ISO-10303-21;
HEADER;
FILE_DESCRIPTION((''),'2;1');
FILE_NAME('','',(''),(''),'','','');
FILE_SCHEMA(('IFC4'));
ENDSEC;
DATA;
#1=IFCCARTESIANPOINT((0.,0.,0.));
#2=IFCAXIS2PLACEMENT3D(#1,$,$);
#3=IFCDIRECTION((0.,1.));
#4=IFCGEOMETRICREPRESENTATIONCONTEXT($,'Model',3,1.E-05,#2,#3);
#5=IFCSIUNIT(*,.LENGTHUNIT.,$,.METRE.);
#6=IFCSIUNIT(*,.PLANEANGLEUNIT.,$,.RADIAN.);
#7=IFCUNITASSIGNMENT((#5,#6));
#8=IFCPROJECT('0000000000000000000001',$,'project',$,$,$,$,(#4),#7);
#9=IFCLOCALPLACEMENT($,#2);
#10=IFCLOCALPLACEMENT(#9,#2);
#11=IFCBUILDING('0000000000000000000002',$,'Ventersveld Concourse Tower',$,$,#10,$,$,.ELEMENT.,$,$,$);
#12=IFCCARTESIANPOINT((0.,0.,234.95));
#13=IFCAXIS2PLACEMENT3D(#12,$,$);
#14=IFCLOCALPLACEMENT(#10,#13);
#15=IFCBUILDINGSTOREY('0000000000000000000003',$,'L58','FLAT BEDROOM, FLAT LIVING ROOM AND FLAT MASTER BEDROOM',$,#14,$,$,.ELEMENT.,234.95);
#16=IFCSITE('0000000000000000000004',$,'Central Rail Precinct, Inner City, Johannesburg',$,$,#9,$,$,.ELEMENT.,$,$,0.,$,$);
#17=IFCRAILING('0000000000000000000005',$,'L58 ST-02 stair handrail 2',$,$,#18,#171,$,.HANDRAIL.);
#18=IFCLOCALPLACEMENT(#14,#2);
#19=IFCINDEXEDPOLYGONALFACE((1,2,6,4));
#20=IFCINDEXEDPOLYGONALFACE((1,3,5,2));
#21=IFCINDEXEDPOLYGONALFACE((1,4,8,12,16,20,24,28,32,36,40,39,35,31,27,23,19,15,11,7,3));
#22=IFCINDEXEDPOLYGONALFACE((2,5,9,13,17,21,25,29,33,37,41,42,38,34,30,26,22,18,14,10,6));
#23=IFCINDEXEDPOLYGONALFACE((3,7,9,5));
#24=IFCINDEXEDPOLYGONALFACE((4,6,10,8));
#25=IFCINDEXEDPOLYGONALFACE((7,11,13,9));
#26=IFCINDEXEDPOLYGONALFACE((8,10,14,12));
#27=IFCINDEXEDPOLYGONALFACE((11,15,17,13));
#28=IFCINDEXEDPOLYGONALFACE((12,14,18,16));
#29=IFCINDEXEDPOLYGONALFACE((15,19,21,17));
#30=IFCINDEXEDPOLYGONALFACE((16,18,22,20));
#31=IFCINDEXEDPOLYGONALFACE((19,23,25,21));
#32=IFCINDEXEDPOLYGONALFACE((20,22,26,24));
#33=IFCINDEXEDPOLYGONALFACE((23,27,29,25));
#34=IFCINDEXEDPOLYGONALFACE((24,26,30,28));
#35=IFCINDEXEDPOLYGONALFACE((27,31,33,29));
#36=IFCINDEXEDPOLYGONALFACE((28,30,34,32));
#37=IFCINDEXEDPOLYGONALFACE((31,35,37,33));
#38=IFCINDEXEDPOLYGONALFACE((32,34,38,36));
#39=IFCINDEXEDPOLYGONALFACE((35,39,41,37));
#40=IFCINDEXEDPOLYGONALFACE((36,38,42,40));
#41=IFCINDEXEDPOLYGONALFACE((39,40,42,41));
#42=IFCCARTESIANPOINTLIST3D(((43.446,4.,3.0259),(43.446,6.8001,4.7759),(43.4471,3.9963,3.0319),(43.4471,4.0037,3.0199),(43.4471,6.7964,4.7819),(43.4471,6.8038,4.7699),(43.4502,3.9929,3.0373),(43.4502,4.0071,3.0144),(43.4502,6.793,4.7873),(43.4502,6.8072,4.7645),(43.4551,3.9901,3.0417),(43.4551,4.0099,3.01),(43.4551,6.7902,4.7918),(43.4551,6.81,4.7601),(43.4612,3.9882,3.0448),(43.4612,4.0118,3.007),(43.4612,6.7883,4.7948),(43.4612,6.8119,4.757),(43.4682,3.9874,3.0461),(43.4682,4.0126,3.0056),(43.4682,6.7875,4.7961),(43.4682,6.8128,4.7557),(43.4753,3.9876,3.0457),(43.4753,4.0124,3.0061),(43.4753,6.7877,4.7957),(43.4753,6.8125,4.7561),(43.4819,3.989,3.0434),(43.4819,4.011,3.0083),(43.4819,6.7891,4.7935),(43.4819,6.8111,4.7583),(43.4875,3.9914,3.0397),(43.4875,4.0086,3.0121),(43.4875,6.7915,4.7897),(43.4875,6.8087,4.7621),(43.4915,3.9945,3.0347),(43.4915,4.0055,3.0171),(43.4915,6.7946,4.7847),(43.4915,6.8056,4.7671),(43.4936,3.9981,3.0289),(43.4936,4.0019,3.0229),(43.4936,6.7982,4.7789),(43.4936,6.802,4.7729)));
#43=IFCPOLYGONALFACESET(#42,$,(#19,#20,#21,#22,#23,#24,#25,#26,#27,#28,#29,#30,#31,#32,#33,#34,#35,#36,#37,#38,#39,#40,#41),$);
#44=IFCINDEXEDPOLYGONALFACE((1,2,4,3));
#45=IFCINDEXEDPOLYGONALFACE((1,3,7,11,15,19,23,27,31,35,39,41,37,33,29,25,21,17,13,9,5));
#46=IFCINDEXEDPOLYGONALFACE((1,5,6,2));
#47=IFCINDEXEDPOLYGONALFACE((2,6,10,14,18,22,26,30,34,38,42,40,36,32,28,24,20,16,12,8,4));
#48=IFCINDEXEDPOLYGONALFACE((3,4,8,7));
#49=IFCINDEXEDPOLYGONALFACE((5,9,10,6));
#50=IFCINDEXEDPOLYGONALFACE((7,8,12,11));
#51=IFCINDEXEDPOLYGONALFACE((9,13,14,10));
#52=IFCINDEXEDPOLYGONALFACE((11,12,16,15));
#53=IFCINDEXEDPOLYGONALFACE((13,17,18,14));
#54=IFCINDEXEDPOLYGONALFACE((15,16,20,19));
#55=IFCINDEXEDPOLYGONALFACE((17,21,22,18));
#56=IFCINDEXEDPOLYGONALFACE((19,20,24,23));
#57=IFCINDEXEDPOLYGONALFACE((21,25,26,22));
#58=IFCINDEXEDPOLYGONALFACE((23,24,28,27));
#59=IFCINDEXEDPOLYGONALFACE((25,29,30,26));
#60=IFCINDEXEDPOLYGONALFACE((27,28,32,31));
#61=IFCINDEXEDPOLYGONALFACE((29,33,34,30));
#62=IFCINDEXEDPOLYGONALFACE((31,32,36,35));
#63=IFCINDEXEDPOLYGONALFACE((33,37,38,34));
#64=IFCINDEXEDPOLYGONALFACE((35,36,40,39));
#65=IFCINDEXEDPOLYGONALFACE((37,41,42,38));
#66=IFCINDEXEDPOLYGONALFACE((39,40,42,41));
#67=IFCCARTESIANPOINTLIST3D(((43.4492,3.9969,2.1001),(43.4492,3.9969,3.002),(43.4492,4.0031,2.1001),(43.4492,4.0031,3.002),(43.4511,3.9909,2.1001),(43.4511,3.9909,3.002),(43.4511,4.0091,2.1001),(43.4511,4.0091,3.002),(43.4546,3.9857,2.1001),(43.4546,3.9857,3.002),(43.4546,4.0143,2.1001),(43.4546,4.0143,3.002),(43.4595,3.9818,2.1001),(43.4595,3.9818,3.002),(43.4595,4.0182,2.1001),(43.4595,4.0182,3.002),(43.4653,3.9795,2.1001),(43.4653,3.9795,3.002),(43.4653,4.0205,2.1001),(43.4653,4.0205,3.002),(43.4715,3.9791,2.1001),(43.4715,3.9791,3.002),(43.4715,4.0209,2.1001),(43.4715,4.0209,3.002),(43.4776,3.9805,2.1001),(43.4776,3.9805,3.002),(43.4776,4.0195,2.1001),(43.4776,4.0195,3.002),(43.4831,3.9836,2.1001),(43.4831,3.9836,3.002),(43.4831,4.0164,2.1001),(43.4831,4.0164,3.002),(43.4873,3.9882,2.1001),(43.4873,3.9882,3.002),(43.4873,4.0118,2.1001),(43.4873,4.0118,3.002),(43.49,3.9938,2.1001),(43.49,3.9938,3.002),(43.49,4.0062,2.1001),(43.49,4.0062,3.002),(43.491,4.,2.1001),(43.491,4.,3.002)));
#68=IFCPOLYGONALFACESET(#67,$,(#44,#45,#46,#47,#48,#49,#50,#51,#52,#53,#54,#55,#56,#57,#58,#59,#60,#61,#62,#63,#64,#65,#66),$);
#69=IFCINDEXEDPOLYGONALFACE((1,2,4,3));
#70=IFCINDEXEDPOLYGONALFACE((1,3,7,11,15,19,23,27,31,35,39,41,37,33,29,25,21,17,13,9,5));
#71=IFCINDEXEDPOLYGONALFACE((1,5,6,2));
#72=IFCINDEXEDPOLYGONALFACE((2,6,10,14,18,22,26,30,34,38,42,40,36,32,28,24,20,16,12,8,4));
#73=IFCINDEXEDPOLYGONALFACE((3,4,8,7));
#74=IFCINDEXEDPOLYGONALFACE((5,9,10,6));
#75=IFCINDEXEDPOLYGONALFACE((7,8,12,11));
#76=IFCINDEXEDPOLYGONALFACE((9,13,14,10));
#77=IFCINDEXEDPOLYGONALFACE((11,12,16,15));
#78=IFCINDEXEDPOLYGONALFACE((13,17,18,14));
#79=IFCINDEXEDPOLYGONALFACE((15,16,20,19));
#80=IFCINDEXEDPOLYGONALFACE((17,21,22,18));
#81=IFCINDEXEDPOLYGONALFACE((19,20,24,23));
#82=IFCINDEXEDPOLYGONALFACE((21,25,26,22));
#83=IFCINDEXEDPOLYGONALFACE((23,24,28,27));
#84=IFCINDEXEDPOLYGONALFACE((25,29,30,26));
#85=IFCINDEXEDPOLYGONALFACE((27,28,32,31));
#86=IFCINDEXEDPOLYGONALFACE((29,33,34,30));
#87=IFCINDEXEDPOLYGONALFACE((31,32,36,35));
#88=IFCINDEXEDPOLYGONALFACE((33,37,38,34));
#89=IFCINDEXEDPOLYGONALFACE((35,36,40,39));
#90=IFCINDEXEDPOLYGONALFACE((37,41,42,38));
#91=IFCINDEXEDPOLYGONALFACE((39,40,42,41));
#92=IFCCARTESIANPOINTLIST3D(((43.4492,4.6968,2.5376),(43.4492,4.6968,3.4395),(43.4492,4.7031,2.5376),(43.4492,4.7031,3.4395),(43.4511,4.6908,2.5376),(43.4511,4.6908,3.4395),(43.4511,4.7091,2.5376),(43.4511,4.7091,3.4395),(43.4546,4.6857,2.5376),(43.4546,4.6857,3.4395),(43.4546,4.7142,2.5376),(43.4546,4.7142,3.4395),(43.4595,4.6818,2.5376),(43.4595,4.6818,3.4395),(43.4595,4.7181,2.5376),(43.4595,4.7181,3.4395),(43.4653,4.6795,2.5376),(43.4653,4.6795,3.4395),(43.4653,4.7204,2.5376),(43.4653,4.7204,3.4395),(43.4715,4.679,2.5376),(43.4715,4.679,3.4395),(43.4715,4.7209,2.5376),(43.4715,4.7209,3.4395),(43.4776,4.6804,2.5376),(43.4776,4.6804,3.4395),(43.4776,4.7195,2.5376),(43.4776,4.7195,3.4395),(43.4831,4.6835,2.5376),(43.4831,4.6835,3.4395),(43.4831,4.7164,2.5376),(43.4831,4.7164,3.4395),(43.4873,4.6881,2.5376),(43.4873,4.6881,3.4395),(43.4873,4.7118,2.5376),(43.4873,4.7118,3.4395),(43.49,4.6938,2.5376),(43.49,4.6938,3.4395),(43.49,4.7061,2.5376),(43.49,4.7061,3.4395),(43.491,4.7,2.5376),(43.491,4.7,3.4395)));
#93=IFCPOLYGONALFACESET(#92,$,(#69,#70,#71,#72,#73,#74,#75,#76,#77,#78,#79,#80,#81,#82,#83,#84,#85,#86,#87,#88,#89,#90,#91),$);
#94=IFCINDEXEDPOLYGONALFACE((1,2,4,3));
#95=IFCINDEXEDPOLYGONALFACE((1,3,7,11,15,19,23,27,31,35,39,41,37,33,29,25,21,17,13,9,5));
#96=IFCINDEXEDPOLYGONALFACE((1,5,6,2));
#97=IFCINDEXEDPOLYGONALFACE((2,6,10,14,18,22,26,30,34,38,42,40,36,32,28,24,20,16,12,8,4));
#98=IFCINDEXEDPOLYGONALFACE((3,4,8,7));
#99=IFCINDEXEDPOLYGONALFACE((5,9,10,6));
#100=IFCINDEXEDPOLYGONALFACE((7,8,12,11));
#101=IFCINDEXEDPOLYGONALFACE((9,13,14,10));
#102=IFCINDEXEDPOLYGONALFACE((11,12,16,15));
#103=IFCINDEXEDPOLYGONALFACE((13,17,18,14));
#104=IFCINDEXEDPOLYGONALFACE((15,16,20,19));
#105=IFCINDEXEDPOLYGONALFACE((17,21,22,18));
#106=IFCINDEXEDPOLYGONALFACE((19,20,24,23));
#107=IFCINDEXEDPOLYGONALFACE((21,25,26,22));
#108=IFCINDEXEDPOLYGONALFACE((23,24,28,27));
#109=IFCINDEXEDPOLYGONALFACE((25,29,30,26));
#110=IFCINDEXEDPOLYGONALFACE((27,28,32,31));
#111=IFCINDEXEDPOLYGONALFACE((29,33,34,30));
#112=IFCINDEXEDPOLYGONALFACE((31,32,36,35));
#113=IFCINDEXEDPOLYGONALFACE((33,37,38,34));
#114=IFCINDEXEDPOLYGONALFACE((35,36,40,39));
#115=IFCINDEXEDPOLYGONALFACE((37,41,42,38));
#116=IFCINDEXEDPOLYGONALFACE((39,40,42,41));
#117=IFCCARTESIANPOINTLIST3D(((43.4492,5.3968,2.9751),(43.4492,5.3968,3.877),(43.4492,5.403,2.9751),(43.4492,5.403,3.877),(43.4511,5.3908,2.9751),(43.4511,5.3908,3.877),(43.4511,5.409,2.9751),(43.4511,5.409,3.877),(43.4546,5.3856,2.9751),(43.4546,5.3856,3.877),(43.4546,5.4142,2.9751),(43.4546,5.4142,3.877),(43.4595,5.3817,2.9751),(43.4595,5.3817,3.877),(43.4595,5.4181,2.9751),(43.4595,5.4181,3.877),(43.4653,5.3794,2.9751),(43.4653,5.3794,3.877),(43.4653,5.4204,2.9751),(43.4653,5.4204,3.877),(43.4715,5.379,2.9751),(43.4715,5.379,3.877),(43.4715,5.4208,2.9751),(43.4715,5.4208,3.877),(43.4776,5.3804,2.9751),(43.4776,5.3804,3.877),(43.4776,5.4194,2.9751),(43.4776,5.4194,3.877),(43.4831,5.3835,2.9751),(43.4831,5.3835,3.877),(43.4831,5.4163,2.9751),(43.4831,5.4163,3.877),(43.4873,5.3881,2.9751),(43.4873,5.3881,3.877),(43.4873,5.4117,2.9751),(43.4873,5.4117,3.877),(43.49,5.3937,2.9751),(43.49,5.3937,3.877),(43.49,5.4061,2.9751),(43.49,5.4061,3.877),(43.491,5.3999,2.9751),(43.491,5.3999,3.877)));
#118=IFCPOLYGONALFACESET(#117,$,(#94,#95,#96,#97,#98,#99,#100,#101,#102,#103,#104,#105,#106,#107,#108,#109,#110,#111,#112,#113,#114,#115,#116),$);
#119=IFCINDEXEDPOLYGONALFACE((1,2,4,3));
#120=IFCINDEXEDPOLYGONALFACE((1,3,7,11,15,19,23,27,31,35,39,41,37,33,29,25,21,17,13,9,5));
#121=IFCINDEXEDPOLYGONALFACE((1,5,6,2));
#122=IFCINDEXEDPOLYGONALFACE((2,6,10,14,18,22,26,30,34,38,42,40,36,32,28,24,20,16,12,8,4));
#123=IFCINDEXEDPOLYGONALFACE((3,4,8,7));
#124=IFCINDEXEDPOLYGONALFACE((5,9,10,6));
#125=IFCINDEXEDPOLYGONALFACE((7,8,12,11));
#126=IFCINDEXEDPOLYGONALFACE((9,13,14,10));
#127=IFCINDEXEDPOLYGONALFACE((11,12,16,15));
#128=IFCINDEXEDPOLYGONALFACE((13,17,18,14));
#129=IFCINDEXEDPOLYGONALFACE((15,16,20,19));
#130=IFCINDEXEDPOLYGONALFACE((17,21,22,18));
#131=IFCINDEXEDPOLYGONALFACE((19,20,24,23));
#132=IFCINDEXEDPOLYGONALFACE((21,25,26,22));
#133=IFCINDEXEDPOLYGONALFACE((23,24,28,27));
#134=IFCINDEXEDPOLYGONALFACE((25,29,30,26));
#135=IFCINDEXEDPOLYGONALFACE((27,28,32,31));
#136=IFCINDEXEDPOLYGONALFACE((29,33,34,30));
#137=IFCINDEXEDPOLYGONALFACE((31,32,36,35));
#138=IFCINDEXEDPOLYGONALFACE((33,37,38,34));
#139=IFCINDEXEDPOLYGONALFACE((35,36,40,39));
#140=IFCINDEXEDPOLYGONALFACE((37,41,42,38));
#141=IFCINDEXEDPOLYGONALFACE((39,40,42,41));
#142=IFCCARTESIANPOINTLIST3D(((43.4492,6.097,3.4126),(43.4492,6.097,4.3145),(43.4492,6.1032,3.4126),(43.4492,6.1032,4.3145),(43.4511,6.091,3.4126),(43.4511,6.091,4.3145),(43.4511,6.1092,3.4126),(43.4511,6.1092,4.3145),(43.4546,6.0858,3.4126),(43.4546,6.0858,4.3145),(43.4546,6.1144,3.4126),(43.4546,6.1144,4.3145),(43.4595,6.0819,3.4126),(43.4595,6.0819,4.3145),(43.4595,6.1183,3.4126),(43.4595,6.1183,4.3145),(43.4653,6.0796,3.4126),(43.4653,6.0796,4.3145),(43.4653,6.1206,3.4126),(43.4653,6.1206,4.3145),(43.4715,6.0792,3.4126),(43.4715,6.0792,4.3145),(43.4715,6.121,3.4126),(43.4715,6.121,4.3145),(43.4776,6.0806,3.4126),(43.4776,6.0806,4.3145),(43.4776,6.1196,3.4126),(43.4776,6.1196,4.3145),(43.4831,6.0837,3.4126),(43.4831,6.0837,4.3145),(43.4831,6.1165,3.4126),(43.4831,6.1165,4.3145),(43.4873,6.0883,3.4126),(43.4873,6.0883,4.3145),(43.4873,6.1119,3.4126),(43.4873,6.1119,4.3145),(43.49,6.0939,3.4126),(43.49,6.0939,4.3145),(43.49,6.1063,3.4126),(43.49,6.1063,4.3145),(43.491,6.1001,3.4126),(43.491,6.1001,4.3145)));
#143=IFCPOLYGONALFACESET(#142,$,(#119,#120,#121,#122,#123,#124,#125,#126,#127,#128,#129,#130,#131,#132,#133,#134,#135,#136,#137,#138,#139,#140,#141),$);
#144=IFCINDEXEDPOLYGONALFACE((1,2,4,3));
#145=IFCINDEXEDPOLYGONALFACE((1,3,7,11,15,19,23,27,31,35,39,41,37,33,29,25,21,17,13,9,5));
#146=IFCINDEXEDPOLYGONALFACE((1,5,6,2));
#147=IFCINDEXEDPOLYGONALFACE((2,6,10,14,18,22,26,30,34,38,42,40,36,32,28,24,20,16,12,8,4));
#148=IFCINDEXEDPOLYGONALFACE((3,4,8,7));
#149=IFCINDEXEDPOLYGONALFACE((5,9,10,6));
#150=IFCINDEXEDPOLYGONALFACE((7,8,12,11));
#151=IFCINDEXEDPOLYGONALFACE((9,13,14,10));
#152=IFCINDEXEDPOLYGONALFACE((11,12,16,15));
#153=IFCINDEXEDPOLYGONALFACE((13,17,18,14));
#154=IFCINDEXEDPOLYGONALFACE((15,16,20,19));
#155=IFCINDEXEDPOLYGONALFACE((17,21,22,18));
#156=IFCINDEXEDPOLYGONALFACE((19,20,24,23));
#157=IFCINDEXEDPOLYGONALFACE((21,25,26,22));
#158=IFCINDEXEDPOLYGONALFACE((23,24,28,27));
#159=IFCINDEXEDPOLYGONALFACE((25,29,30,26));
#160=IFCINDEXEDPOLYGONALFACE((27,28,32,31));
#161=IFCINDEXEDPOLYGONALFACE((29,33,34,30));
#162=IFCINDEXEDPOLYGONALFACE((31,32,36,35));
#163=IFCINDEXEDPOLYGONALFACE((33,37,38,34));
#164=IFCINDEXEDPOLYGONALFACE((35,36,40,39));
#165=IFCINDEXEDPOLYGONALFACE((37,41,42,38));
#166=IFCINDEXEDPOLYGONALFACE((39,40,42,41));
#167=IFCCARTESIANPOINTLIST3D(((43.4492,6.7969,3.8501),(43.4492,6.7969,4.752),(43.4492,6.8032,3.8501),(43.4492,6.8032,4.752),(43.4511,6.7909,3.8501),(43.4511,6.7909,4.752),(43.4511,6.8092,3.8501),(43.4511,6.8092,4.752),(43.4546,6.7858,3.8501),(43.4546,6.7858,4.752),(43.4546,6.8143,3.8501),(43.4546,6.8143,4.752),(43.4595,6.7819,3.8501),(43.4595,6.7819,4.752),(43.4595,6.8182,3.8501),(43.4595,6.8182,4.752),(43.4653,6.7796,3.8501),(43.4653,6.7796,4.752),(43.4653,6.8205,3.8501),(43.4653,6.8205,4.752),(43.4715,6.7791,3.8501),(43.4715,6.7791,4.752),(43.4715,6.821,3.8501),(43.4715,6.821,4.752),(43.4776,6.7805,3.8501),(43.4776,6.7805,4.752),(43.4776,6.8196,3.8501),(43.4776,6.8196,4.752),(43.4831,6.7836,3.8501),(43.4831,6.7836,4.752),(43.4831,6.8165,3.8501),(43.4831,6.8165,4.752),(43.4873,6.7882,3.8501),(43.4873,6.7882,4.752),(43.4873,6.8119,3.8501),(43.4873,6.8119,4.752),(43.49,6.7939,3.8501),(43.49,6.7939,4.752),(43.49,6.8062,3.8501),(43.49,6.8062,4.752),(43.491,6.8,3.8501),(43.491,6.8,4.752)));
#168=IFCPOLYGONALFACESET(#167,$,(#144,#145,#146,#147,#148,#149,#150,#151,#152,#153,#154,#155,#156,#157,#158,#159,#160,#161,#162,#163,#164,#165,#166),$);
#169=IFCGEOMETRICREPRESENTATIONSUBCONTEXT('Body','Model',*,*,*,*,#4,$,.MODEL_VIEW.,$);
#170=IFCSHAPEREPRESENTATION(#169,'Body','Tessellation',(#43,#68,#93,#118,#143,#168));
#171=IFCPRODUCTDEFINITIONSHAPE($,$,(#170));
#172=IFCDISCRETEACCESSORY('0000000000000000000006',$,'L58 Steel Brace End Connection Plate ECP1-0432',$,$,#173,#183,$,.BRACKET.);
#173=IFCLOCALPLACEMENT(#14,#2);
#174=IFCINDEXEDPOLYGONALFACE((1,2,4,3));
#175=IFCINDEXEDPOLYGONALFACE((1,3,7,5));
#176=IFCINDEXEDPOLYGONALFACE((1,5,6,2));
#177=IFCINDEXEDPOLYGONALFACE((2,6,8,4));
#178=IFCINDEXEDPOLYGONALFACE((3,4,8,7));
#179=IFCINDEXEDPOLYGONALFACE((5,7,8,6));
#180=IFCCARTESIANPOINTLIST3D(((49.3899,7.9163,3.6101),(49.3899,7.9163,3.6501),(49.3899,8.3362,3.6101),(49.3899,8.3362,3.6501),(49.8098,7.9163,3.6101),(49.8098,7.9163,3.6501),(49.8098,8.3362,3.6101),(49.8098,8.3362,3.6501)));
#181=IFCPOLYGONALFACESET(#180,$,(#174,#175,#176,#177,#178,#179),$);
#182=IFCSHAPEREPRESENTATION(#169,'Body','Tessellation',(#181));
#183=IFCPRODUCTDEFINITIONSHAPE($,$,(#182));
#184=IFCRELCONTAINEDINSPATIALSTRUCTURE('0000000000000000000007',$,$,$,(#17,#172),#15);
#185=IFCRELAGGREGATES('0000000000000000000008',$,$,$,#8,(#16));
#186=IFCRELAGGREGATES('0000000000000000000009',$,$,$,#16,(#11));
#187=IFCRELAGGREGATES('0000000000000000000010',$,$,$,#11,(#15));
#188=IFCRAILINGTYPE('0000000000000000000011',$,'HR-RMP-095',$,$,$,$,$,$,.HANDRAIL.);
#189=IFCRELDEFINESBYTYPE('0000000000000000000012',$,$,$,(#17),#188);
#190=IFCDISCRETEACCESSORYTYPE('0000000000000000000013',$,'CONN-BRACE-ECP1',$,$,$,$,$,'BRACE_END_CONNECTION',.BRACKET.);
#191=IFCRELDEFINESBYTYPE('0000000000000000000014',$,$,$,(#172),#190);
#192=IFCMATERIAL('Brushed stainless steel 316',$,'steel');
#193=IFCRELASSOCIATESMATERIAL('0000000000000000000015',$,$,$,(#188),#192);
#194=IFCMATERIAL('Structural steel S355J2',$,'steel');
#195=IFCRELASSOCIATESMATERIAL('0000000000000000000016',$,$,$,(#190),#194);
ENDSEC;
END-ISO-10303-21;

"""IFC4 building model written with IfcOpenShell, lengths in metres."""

from ifc_helpers import new_model, si_unit, direction, frame, origin, origin_2d, place, context, subcontext, project, spatial, rectangle, circle, extrude, material, type_object, element, save


model = new_model("IFC4")

# Units and contexts
model_context = context("Model", 3, precision=1e-05, world=origin(), true_north=direction((0.0, 1.0)))
body_context = subcontext(model_context, "Body", "Model", "MODEL_VIEW")
ifc_project = project(units=[si_unit("LENGTHUNIT", "METRE"), si_unit("PLANEANGLEUNIT", "RADIAN")], contexts=[model_context])

# Site, building, storey
site_placement = place(None, origin())
site = spatial("IfcSite", under=ifc_project, at=site_placement, Name="Central Rail Precinct, Inner City, Johannesburg", CompositionType="ELEMENT", RefElevation=0.0)
building_placement = place(site_placement, origin())
building = spatial("IfcBuilding", under=site, at=building_placement, Name="Ventersveld Concourse Tower", CompositionType="ELEMENT")
storey_placement = place(building_placement, frame((0.0, 0.0, 234.95)))
storey = spatial("IfcBuildingStorey", under=building, at=storey_placement, Name="L58", Description="FLAT BEDROOM, FLAT LIVING ROOM AND FLAT MASTER BEDROOM", CompositionType="ELEMENT", Elevation=234.95)

# Shared definitions
ifc_material_1 = material(Name="Structural steel S355J2", Category="steel")

# Railing
ifc_material_2 = material(Name="Brushed stainless steel 316", Category="steel")
railing_type_1 = type_object("IfcRailingType", Name="HR-RMP-095", PredefinedType="HANDRAIL", material=ifc_material_2)
railing_1_placement = place(storey_placement, frame((43.47, 4.0, 2.1001)))
element("IfcRailing", 1, at=railing_1_placement, inside=storey, type_object=railing_type_1, Name="L58 ST-02 stair handrail 2", PredefinedType="HANDRAIL", context=body_context, shape_type="SweptSolid", body=[
    extrude(circle(Radius=0.0239, at=origin_2d()), frame((0.0, 0.0, 0.9258), z_axis=(0.0, 0.848002, 0.529992), x_axis=(-1.0, 0.0, 0.0)), (0.0, 0.0, 1.0), 3.302),
    extrude(circle(Radius=0.021, at=origin_2d()), origin(), (0.0, 0.0, 1.0), 0.9019),
    extrude(circle(Radius=0.021, at=origin_2d()), frame((0.0, 0.7, 0.4375)), (0.0, 0.0, 1.0), 0.9019),
    extrude(circle(Radius=0.021, at=origin_2d()), frame((0.0, 1.3999, 0.875)), (0.0, 0.0, 1.0), 0.9019),
    extrude(circle(Radius=0.021, at=origin_2d()), frame((0.0, 2.1001, 1.3125)), (0.0, 0.0, 1.0), 0.9019),
    extrude(circle(Radius=0.021, at=origin_2d()), frame((0.0, 2.8, 1.75)), (0.0, 0.0, 1.0), 0.9019),
])

# Discrete accessory
discrete_accessory_type = type_object("IfcDiscreteAccessoryType", Name="CONN-BRACE-ECP1", ElementType="BRACE_END_CONNECTION", PredefinedType="BRACKET", material=ifc_material_1)
discrete_accessory_placement = place(storey_placement, frame((49.5999, 8.1262, 3.6101), z_axis=(0.0, 0.0, 1.0), x_axis=(1.0, 0.0, 0.0)))
element("IfcDiscreteAccessory", 2, at=discrete_accessory_placement, inside=storey, type_object=discrete_accessory_type, Name="L58 Steel Brace End Connection Plate ECP1-0432", PredefinedType="BRACKET", context=body_context, shape_type="SweptSolid", body=[
    extrude(rectangle(XDim=0.4199, YDim=0.4199, at=origin_2d()), origin(), (0.0, 0.0, 1.0), 0.04),
])

save(model, "model.ifc")
